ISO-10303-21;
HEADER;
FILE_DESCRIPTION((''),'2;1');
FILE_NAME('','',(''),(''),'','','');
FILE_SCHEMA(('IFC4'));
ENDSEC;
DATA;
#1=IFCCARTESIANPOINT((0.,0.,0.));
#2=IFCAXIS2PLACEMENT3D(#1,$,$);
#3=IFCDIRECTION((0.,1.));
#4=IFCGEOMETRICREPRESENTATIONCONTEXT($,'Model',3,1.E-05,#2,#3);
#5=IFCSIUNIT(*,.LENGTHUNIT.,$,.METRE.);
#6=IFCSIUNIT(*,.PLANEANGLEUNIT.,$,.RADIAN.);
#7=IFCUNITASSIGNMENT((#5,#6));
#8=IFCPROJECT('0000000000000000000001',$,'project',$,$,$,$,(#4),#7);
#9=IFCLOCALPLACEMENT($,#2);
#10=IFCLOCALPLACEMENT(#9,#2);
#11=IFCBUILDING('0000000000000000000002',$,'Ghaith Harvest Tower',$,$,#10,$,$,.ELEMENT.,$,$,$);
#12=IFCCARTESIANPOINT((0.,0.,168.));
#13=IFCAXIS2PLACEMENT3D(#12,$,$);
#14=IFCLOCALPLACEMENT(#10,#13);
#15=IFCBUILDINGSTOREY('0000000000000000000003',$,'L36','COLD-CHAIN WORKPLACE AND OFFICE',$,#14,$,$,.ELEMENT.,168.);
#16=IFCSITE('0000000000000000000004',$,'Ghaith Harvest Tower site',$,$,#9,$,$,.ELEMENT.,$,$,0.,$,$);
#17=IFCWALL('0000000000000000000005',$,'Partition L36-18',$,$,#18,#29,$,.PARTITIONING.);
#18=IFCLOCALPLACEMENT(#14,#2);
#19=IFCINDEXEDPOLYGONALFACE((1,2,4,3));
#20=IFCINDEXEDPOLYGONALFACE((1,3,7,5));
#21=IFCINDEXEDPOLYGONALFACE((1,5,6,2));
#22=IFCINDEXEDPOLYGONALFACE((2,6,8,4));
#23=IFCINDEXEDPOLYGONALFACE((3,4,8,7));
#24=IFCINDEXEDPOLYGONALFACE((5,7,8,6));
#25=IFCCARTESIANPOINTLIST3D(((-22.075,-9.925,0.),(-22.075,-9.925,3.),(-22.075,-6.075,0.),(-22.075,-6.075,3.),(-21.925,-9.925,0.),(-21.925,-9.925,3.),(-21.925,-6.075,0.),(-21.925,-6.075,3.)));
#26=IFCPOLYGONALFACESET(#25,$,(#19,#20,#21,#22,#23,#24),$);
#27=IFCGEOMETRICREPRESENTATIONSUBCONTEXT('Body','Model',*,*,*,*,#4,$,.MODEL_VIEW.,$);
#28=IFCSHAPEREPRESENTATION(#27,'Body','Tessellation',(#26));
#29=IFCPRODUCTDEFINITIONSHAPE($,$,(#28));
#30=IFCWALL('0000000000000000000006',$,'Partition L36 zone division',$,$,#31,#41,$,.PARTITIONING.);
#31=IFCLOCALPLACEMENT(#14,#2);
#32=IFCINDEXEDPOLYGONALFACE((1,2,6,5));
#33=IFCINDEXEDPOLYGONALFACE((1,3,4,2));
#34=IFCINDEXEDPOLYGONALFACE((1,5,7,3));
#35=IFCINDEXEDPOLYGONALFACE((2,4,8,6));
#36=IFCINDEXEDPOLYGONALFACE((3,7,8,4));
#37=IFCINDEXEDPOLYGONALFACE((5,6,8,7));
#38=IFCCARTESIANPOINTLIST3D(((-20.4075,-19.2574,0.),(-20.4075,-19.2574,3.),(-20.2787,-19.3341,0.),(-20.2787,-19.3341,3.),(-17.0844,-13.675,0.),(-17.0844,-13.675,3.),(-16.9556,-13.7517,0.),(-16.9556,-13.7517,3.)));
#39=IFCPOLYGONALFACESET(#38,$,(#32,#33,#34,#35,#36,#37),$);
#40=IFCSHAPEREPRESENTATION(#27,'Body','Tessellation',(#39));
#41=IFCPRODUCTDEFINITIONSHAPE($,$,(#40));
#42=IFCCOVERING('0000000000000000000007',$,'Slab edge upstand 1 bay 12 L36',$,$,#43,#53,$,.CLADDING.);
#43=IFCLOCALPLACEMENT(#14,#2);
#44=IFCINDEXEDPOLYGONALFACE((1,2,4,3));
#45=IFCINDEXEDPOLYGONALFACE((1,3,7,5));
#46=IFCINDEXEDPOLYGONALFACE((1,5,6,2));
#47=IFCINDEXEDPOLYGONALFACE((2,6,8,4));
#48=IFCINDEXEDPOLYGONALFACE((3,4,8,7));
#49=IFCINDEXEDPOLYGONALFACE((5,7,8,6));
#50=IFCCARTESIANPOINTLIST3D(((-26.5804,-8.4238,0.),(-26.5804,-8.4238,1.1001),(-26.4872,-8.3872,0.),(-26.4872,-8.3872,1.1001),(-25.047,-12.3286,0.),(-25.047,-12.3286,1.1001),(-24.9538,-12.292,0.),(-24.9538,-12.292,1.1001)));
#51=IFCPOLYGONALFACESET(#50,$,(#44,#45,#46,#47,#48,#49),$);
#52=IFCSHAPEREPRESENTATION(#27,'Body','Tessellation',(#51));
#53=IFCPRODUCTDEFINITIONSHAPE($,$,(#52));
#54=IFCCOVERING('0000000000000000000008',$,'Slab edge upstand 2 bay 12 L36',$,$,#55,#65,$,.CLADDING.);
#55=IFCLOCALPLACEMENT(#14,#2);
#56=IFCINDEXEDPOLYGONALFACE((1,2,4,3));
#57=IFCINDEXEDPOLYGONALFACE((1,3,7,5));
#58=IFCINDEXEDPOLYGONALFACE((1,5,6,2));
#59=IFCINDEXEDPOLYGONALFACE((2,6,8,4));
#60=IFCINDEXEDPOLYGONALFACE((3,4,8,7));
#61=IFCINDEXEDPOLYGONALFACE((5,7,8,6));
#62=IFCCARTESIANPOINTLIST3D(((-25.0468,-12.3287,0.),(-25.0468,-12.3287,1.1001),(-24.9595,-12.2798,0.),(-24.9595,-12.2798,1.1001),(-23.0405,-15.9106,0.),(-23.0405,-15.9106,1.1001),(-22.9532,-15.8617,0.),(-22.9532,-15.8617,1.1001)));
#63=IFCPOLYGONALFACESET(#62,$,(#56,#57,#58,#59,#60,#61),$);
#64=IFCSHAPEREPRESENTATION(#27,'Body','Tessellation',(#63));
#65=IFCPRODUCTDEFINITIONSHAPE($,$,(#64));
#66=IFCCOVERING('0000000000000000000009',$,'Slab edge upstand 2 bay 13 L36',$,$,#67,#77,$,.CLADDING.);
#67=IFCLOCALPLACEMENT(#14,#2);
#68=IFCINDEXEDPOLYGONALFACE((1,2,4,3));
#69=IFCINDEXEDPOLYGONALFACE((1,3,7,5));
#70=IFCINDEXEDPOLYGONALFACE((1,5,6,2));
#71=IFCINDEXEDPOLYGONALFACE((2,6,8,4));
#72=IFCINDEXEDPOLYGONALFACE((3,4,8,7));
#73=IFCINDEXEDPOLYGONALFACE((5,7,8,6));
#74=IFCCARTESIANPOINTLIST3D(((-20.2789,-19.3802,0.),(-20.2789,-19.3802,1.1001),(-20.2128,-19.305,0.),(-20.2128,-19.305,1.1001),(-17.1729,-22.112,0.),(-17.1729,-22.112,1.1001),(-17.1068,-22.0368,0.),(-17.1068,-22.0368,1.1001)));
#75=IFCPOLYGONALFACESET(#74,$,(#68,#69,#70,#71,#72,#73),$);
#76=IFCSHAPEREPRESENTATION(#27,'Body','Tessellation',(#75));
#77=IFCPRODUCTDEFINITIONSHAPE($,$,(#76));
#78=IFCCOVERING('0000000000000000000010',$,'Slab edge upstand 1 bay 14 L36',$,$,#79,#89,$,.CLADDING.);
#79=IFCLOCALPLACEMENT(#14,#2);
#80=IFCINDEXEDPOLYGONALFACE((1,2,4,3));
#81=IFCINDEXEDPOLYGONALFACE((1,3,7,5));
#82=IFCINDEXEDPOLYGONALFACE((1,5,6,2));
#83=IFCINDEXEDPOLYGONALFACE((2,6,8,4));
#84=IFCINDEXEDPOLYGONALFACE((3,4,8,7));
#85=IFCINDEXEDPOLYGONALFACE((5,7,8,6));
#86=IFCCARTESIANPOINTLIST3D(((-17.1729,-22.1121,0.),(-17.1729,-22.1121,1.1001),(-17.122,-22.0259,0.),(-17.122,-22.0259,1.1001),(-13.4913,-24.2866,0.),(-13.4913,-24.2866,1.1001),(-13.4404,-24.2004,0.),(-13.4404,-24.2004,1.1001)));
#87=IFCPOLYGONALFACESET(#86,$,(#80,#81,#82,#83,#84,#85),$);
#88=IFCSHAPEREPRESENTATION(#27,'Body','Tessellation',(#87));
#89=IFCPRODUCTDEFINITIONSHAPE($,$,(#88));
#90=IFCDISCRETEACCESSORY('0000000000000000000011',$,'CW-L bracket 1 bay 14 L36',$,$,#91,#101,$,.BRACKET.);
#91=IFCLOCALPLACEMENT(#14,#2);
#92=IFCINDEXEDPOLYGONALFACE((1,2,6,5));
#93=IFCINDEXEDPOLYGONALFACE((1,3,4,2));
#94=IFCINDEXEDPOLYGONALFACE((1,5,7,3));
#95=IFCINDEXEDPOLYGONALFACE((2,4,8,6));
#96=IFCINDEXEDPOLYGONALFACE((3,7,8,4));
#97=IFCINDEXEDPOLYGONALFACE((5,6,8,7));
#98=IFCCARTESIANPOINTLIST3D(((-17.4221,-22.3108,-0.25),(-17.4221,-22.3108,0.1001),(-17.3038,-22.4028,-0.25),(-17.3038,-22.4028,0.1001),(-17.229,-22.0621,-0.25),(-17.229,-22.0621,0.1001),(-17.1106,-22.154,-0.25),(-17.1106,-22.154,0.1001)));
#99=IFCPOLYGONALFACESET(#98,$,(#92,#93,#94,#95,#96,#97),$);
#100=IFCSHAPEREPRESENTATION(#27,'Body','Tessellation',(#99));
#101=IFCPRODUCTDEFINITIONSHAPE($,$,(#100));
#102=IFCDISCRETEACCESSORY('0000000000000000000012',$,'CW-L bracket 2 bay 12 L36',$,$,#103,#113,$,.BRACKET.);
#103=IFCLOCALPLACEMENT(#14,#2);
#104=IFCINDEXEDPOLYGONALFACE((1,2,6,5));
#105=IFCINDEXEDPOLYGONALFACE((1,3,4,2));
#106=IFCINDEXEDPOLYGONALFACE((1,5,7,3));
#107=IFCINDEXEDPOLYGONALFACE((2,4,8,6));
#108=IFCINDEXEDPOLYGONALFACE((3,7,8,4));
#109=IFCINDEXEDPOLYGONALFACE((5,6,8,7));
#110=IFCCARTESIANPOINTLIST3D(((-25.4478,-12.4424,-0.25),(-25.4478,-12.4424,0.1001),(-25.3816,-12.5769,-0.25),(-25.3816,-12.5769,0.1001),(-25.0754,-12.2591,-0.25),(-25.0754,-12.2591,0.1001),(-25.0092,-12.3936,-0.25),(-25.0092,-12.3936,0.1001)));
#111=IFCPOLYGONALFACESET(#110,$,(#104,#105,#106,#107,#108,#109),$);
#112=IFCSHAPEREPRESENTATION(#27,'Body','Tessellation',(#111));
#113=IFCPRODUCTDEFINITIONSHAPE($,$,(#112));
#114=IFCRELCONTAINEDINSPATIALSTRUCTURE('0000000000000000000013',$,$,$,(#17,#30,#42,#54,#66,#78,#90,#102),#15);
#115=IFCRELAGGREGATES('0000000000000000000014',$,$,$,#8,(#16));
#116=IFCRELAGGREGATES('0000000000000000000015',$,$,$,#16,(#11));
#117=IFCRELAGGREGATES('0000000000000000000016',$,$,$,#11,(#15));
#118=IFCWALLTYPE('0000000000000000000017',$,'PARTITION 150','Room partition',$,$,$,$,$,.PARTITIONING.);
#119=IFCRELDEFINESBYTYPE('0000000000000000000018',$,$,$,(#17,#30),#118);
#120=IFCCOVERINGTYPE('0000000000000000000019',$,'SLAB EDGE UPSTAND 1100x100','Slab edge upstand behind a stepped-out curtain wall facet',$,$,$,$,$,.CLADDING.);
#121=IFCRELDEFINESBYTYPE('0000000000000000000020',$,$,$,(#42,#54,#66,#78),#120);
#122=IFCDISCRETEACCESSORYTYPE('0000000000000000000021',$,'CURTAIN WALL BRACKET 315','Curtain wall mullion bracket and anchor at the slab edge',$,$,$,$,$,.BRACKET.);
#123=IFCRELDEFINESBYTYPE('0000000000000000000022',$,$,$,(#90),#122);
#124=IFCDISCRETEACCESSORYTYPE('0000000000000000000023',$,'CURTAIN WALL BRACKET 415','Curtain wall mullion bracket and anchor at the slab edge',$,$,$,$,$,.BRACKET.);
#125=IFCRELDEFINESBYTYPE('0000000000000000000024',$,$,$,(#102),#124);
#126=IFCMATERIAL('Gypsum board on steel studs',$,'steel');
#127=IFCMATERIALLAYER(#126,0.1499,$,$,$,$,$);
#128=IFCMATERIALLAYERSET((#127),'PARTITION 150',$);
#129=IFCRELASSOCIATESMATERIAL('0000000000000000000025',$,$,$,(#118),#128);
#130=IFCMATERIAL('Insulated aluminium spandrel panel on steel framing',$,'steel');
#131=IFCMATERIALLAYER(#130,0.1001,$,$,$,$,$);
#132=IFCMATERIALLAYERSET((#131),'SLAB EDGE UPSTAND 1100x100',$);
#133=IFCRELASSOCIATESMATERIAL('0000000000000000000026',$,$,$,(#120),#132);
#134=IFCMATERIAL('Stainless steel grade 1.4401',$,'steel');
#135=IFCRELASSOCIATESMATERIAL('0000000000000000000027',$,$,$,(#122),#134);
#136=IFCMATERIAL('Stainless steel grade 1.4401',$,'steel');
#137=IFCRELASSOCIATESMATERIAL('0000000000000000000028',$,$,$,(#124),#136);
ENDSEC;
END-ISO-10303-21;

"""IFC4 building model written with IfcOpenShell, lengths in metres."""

from ifc_helpers import new_model, si_unit, direction, frame, frame_2d, origin, origin_2d, place, context, subcontext, project, spatial, rectangle, extrude, material, layer, layer_set, type_object, element, save


model = new_model("IFC4")

# Units and contexts
model_context = context("Model", 3, precision=1e-05, world=origin(), true_north=direction((0.0, 1.0)))
body_context = subcontext(model_context, "Body", "Model", "MODEL_VIEW")
ifc_project = project(units=[si_unit("LENGTHUNIT", "METRE"), si_unit("PLANEANGLEUNIT", "RADIAN")], contexts=[model_context])

# Site, building, storey
site_placement = place(None, origin())
site = spatial("IfcSite", under=ifc_project, at=site_placement, Name="Ghaith Harvest Tower site", CompositionType="ELEMENT", RefElevation=0.0)
building_placement = place(site_placement, origin())
building = spatial("IfcBuilding", under=site, at=building_placement, Name="Ghaith Harvest Tower", CompositionType="ELEMENT")
storey_placement = place(building_placement, frame((0.0, 0.0, 168.0)))
storey = spatial("IfcBuildingStorey", under=building, at=storey_placement, Name="L36", Description="COLD-CHAIN WORKPLACE AND OFFICE", CompositionType="ELEMENT", Elevation=168.0)

# Shared definitions
ifc_material_1 = material(Name="Gypsum board on steel studs", Category="steel")
ifc_layer_1 = layer(ifc_material_1, 0.1499)
ifc_layer_set_1 = layer_set([ifc_layer_1], Name="PARTITION 150")
wall_type = type_object("IfcWallType", Name="PARTITION 150", Description="Room partition", PredefinedType="PARTITIONING", material=ifc_layer_set_1)

# Walls
wall_1_placement = place(storey_placement, frame((-22.0, -9.925, 0.0), z_axis=(0.0, 0.0, 1.0), x_axis=(0.0, 1.0, 0.0)))
element("IfcWall", 1, at=wall_1_placement, inside=storey, type_object=wall_type, Name="Partition L36-18", PredefinedType="PARTITIONING", context=body_context, shape_type="SweptSolid", body=[
    extrude(rectangle(XDim=3.8501, YDim=0.1499, at=frame_2d((1.925, 0.0))), origin(), (0.0, 0.0, 1.0), 3.0),
])
wall_2_placement = place(storey_placement, frame((-17.02, -13.7134, 0.0), z_axis=(0.0, 0.0, 1.0), x_axis=(-0.511508, -0.859278, 0.0)))
element("IfcWall", 2, at=wall_2_placement, inside=storey, type_object=wall_type, Name="Partition L36 zone division", PredefinedType="PARTITIONING", context=body_context, shape_type="SweptSolid", body=[
    extrude(rectangle(XDim=6.4966, YDim=0.1499, at=frame_2d((3.2483, 0.0))), origin(), (0.0, 0.0, 1.0), 3.0),
])

# Coverings
ifc_material_2 = material(Name="Insulated aluminium spandrel panel on steel framing", Category="steel")
ifc_layer_2 = layer(ifc_material_2, 0.1001)
ifc_layer_set_2 = layer_set([ifc_layer_2], Name="SLAB EDGE UPSTAND 1100x100")
covering_type = type_object("IfcCoveringType", Name="SLAB EDGE UPSTAND 1100x100", Description="Slab edge upstand behind a stepped-out curtain wall facet", PredefinedType="CLADDING", material=ifc_layer_set_2)
covering_1_placement = place(storey_placement, frame((-25.7671, -10.3579, 0.0), z_axis=(0.0, 0.0, 1.0), x_axis=(0.365515, -0.930805, 0.0)))
element("IfcCovering", 3, at=covering_1_placement, inside=storey, type_object=covering_type, Name="Slab edge upstand 1 bay 12 L36", PredefinedType="CLADDING", context=body_context, shape_type="SweptSolid", body=[
    extrude(rectangle(XDim=4.1951, YDim=0.1001, at=origin_2d()), origin(), (0.0, 0.0, 1.0), 1.1001),
])
covering_2_placement = place(storey_placement, frame((-24.0, -14.0952, 0.0), z_axis=(0.0, 0.0, 1.0), x_axis=(0.488684, -0.872461, 0.0)))
element("IfcCovering", 4, at=covering_2_placement, inside=storey, type_object=covering_type, Name="Slab edge upstand 2 bay 12 L36", PredefinedType="CLADDING", context=body_context, shape_type="SweptSolid", body=[
    extrude(rectangle(XDim=4.1055, YDim=0.1001, at=origin_2d()), origin(), (0.0, 0.0, 1.0), 1.1001),
])
covering_3_placement = place(storey_placement, frame((-18.6929, -20.7085, 0.0), z_axis=(0.0, 0.0, 1.0), x_axis=(0.750892, -0.660425, 0.0)))
element("IfcCovering", 5, at=covering_3_placement, inside=storey, type_object=covering_type, Name="Slab edge upstand 2 bay 13 L36", PredefinedType="CLADDING", context=body_context, shape_type="SweptSolid", body=[
    extrude(rectangle(XDim=4.1365, YDim=0.1001, at=origin_2d()), origin(), (0.0, 0.0, 1.0), 1.1001),
])
covering_4_placement = place(storey_placement, frame((-15.3066, -23.1562, 0.0), z_axis=(0.0, 0.0, 1.0), x_axis=(0.861021, -0.50857, 0.0)))
element("IfcCovering", 6, at=covering_4_placement, inside=storey, type_object=covering_type, Name="Slab edge upstand 1 bay 14 L36", PredefinedType="CLADDING", context=body_context, shape_type="SweptSolid", body=[
    extrude(rectangle(XDim=4.2759, YDim=0.1001, at=origin_2d()), origin(), (0.0, 0.0, 1.0), 1.1001),
])

# Discrete accessories
ifc_material_3 = material(Name="Stainless steel grade 1.4401", Category="steel")
discrete_accessory_type_1 = type_object("IfcDiscreteAccessoryType", Name="CURTAIN WALL BRACKET 315", Description="Curtain wall mullion bracket and anchor at the slab edge", PredefinedType="BRACKET", material=ifc_material_3)
discrete_accessory_1_placement = place(storey_placement, frame((-17.2664, -22.2324, -0.25), z_axis=(0.0, 0.0, 1.0), x_axis=(-0.613378, -0.78979, 0.0)))
element("IfcDiscreteAccessory", 7, at=discrete_accessory_1_placement, inside=storey, type_object=discrete_accessory_type_1, Name="CW-L bracket 1 bay 14 L36", PredefinedType="BRACKET", context=body_context, shape_type="SweptSolid", body=[
    extrude(rectangle(XDim=0.3149, YDim=0.1499, at=origin_2d()), origin(), (0.0, 0.0, 1.0), 0.3501),
])
ifc_material_4 = material(Name="Stainless steel grade 1.4401", Category="steel")
discrete_accessory_type_2 = type_object("IfcDiscreteAccessoryType", Name="CURTAIN WALL BRACKET 415", Description="Curtain wall mullion bracket and anchor at the slab edge", PredefinedType="BRACKET", material=ifc_material_4)
discrete_accessory_2_placement = place(storey_placement, frame((-25.2285, -12.418, -0.25), z_axis=(0.0, 0.0, 1.0), x_axis=(-0.897201, -0.441622, 0.0)))
element("IfcDiscreteAccessory", 8, at=discrete_accessory_2_placement, inside=storey, type_object=discrete_accessory_type_2, Name="CW-L bracket 2 bay 12 L36", PredefinedType="BRACKET", context=body_context, shape_type="SweptSolid", body=[
    extrude(rectangle(XDim=0.415, YDim=0.1499, at=origin_2d()), origin(), (0.0, 0.0, 1.0), 0.3501),
])

save(model, "model.ifc")
